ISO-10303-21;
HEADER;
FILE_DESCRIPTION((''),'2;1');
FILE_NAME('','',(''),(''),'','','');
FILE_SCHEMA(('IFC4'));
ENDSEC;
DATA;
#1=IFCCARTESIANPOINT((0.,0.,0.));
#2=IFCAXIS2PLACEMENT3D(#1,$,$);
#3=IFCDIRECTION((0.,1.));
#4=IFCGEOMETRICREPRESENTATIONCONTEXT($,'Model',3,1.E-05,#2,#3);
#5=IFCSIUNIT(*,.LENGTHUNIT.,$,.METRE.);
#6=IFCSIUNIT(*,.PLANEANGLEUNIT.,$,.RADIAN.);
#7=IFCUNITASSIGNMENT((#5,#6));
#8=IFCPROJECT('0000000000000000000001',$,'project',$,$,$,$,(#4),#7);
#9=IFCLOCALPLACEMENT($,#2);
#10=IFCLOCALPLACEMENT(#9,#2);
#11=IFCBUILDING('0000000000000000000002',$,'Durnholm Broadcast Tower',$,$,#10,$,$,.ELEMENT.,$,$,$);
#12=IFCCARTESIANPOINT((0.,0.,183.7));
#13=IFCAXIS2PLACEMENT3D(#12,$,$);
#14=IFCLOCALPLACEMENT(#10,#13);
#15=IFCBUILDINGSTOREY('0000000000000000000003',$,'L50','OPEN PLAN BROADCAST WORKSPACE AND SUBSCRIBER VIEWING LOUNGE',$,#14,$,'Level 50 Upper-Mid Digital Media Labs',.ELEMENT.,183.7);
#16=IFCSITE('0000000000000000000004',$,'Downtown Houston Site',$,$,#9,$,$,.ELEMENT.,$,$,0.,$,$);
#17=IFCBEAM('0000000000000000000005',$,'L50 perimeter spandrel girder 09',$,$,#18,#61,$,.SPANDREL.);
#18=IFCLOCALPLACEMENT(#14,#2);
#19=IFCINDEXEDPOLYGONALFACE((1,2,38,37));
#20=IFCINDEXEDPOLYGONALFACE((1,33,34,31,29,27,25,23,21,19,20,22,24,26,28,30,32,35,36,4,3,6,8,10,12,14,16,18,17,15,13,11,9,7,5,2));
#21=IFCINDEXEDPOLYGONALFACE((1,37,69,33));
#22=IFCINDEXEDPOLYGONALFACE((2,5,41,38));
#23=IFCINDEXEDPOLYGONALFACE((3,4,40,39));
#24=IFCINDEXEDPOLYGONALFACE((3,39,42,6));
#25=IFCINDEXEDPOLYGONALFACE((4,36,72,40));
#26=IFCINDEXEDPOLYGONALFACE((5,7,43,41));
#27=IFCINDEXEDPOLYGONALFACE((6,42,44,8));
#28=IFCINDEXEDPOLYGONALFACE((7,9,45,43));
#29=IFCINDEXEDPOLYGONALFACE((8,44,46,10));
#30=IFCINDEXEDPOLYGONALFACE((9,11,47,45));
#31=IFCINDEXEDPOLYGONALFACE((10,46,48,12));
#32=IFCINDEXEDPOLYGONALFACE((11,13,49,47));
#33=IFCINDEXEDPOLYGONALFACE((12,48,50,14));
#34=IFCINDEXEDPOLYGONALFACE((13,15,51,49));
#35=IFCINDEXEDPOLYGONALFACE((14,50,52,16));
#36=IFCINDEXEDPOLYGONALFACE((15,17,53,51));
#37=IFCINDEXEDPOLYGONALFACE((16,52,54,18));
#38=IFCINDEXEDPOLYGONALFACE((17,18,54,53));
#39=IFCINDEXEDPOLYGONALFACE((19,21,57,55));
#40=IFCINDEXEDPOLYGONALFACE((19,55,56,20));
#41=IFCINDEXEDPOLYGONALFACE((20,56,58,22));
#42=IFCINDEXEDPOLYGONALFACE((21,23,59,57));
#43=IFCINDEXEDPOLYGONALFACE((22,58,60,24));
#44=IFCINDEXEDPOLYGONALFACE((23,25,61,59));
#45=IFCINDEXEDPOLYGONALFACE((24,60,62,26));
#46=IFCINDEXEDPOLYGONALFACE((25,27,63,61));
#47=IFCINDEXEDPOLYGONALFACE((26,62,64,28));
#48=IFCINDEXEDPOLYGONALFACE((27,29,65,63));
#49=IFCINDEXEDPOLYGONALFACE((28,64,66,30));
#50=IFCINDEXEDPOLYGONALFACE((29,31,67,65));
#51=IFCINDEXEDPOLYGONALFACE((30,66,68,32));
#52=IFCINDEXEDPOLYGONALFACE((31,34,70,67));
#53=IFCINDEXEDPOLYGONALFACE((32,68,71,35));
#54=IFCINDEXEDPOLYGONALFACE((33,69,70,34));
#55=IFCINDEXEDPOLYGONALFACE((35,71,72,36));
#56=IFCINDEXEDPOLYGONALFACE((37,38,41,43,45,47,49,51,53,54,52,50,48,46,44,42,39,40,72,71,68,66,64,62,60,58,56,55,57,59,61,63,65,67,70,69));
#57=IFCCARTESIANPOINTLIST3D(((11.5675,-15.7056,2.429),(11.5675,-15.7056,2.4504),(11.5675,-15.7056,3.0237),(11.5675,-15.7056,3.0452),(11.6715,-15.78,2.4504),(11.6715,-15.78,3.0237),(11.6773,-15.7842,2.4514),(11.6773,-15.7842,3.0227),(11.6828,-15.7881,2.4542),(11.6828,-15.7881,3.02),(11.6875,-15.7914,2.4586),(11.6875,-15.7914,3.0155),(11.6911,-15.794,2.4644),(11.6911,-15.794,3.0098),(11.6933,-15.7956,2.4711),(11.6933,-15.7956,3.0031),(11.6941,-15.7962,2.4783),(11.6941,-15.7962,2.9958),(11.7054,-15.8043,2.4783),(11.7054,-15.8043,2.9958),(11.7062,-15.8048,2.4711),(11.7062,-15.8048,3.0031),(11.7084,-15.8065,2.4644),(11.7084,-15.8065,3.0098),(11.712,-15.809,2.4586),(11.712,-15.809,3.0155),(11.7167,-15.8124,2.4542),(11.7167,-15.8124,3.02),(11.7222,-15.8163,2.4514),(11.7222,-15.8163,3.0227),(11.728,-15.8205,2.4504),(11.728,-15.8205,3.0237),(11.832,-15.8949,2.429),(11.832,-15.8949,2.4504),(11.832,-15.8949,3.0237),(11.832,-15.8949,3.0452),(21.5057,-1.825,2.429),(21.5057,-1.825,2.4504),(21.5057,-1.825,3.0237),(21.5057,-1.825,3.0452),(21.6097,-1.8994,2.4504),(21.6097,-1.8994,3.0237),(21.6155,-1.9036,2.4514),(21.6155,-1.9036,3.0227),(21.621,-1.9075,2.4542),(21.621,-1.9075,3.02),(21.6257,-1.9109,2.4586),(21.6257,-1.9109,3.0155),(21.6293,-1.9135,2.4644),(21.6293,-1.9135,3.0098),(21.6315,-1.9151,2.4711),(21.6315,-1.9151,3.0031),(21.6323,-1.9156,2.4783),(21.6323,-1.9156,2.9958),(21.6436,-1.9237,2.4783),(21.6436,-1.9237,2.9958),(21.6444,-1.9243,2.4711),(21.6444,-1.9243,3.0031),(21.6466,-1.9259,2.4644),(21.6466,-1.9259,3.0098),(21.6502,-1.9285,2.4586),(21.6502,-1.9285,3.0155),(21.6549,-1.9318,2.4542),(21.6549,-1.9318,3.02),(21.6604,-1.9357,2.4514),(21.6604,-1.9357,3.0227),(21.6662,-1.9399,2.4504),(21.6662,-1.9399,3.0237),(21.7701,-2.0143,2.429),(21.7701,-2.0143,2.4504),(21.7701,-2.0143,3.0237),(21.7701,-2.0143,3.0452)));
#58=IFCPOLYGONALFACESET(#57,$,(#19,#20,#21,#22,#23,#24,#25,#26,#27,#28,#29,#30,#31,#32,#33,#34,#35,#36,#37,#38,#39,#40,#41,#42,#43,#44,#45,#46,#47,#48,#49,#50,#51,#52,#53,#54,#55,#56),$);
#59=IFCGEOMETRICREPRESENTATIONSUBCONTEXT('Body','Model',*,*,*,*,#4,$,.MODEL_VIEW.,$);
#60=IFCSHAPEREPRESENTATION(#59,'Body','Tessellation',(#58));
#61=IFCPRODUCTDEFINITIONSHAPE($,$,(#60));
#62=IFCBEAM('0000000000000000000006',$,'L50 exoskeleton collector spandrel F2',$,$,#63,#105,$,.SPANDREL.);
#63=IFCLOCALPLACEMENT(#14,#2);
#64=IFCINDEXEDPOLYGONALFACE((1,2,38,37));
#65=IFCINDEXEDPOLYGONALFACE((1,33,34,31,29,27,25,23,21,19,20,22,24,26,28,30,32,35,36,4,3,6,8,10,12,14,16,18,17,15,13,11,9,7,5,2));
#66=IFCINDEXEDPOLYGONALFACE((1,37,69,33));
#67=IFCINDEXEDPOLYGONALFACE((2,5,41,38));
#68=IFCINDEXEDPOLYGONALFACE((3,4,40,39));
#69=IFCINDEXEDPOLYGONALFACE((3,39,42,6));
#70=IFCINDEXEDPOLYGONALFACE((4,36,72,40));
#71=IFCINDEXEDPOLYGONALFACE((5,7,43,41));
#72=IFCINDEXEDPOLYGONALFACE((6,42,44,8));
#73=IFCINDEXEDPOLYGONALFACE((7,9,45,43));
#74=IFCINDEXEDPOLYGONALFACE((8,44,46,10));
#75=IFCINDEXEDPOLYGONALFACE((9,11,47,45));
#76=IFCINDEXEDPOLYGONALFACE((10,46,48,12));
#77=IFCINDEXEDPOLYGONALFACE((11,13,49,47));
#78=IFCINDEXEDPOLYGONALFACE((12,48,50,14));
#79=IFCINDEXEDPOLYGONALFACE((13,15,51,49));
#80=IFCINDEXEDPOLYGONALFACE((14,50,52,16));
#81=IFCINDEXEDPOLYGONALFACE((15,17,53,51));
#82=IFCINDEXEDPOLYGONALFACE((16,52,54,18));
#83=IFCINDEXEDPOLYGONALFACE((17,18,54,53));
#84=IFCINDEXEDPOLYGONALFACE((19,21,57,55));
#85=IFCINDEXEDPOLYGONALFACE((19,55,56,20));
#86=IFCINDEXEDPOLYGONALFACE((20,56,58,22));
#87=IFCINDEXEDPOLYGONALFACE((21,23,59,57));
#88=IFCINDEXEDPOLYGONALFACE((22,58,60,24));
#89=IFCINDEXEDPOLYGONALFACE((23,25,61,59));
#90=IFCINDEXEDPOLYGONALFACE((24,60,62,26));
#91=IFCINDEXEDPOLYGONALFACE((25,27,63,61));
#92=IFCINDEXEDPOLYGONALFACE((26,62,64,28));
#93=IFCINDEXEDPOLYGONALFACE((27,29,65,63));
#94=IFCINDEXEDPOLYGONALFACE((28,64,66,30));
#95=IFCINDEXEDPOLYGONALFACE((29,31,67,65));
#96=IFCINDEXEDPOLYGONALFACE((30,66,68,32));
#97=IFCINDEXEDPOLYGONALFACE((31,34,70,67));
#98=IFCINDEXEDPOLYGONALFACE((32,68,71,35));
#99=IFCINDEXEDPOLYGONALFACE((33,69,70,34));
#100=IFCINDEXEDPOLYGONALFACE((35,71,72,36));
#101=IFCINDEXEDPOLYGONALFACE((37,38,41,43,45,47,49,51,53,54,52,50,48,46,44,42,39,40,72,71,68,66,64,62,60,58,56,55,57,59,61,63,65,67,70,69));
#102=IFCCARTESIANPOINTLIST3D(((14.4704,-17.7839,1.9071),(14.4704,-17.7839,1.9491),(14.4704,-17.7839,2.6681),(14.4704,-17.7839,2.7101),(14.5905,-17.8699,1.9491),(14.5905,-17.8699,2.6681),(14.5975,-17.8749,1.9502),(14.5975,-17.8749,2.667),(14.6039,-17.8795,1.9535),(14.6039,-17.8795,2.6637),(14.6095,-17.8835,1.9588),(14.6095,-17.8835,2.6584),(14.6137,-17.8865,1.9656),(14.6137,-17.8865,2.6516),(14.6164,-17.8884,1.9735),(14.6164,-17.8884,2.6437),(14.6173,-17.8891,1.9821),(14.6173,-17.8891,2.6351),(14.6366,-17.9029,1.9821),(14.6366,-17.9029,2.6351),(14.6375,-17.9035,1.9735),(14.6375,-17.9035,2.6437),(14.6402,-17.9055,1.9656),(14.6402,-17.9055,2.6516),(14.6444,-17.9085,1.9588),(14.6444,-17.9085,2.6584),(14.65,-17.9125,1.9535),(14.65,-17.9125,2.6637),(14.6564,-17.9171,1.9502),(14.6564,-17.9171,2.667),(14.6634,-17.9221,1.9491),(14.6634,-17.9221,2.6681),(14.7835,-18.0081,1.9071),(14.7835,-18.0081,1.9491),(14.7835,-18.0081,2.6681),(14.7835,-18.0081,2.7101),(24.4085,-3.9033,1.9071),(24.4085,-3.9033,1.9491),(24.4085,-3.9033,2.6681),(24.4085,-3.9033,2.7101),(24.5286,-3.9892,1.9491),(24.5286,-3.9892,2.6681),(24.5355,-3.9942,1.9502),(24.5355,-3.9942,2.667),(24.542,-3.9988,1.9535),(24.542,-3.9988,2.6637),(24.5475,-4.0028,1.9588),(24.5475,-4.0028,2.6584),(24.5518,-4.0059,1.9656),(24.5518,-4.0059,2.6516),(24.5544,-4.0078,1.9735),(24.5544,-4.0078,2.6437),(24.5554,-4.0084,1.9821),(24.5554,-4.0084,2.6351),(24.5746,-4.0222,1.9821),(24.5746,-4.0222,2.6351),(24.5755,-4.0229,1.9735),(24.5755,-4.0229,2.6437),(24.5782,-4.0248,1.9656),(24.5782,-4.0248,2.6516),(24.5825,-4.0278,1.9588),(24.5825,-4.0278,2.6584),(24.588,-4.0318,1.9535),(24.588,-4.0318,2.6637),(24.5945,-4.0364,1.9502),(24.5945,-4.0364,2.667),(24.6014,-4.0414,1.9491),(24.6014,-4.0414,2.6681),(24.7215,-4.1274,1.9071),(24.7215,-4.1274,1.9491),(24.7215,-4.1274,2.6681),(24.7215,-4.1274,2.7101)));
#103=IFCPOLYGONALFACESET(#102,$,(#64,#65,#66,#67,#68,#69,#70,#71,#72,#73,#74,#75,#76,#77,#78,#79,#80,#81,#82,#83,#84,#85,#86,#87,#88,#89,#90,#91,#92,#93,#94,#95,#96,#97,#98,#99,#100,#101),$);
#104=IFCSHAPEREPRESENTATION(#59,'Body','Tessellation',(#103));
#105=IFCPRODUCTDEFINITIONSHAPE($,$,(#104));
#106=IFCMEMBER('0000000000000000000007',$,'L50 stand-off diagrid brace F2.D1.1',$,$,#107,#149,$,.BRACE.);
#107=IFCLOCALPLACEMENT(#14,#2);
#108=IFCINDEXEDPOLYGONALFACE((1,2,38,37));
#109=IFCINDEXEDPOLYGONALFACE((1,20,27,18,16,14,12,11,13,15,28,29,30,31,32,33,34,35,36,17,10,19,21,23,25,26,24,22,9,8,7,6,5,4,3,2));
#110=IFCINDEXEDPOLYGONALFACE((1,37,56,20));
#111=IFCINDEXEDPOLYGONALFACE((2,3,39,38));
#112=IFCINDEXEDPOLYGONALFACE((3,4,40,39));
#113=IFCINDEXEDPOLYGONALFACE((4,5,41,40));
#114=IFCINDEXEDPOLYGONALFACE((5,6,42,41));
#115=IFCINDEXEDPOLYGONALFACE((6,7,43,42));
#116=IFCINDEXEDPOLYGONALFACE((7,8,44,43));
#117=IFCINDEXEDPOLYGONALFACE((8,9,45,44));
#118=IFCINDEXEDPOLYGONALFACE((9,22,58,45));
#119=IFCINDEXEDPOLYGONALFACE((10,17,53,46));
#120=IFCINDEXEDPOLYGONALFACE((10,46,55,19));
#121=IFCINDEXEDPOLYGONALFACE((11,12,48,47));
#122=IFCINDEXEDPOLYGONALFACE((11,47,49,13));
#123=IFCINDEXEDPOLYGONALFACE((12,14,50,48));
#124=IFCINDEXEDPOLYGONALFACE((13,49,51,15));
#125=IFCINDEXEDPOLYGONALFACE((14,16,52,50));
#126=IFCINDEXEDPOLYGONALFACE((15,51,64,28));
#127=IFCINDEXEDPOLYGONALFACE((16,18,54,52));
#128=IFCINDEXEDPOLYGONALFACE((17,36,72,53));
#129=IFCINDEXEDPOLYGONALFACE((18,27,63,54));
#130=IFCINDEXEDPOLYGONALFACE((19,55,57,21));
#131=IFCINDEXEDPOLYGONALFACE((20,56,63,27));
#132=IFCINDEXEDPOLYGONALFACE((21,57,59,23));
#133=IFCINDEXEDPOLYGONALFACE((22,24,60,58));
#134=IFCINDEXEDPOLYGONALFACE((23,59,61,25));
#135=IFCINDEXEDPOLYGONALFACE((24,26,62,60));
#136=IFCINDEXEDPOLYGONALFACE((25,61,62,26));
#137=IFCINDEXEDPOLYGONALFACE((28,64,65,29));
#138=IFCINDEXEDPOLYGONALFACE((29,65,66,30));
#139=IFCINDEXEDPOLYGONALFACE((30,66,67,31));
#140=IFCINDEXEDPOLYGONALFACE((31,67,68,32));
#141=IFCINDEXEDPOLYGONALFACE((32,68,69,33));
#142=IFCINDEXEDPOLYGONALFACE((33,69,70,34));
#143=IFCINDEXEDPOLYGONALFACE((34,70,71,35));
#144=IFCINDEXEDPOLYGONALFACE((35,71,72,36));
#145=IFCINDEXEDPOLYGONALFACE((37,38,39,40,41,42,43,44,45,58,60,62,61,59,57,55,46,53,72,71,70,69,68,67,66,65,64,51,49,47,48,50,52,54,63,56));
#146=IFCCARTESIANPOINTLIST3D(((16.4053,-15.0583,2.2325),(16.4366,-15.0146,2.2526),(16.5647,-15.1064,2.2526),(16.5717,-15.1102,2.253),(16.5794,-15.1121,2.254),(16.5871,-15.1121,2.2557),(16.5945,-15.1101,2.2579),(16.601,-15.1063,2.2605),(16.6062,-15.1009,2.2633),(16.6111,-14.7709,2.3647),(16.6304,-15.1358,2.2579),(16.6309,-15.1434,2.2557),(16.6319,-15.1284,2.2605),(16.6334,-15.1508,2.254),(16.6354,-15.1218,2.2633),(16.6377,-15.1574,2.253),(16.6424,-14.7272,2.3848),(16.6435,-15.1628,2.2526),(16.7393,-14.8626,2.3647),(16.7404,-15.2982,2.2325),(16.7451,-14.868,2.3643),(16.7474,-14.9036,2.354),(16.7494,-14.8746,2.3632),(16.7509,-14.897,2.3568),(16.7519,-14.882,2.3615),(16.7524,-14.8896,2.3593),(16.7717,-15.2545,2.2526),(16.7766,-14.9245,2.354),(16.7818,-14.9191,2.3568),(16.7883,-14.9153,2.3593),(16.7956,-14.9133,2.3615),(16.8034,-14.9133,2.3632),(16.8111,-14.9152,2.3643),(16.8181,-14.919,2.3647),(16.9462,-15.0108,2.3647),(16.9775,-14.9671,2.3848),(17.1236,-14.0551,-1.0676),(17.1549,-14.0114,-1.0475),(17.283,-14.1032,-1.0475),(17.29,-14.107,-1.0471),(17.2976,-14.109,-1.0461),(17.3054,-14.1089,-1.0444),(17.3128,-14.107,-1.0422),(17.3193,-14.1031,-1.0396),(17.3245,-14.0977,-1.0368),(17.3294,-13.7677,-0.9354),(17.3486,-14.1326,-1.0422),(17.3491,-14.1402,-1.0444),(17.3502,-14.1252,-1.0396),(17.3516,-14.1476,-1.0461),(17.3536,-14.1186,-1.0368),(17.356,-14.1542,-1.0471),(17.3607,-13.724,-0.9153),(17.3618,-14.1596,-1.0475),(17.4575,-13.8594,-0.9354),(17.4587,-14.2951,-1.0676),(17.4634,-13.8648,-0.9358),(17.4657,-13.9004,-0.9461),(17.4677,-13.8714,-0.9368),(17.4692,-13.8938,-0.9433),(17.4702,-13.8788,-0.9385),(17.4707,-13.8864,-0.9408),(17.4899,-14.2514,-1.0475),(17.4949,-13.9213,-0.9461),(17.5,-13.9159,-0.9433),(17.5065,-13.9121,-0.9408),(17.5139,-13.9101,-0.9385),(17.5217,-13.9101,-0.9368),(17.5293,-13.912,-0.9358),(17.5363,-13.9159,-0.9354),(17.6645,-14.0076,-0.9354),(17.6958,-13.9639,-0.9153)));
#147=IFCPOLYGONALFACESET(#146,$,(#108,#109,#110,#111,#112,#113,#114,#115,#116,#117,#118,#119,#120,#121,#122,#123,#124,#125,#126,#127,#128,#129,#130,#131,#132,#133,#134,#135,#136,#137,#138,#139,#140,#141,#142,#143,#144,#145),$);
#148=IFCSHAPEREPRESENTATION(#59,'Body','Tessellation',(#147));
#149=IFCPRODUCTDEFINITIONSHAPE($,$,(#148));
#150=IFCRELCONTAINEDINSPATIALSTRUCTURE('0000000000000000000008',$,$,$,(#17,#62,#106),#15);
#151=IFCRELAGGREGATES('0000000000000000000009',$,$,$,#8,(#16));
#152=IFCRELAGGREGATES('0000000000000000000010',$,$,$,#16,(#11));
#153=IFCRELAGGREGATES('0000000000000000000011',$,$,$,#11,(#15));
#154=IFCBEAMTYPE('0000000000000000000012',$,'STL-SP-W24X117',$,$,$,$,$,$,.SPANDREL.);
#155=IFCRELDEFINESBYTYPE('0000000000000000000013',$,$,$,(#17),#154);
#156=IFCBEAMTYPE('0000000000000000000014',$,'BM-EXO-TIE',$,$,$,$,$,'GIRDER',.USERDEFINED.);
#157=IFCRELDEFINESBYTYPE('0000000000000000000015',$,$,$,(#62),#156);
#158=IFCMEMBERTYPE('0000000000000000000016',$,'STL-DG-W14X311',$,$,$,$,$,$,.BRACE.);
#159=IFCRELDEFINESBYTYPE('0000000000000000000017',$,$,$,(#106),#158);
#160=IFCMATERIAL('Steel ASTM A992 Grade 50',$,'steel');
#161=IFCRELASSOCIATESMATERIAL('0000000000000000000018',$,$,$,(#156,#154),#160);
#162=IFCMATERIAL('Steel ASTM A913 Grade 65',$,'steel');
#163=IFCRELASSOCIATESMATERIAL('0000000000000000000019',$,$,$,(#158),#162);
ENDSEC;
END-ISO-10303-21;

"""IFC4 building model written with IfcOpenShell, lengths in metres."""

from ifc_helpers import new_model, si_unit, direction, frame, origin, origin_2d, place, context, subcontext, project, spatial, i_section, extrude, source, transform, mapped, material, material_profile, profile_set, type_object, type_shapes, element, save


model = new_model("IFC4")

# Units and contexts
model_context = context("Model", 3, precision=1e-05, world=origin(), true_north=direction((0.0, 1.0)))
body_context = subcontext(model_context, "Body", "Model", "MODEL_VIEW")
ifc_project = project(units=[si_unit("LENGTHUNIT", "METRE"), si_unit("PLANEANGLEUNIT", "RADIAN")], contexts=[model_context])

# Site, building, storey
site_placement = place(None, origin())
site = spatial("IfcSite", under=ifc_project, at=site_placement, Name="Downtown Houston Site", CompositionType="ELEMENT", RefElevation=0.0)
building_placement = place(site_placement, origin())
building = spatial("IfcBuilding", under=site, at=building_placement, Name="Durnholm Broadcast Tower", CompositionType="ELEMENT")
storey_placement = place(building_placement, frame((0.0, 0.0, 183.7)))
storey = spatial("IfcBuildingStorey", under=building, at=storey_placement, Name="L50", Description="OPEN PLAN BROADCAST WORKSPACE AND SUBSCRIBER VIEWING LOUNGE", LongName="Level 50 Upper-Mid Digital Media Labs", CompositionType="ELEMENT", Elevation=183.7)

# Beams
ifc_material_1 = material(Name="Steel ASTM A992 Grade 50", Category="steel")
ifc_material_profile_1 = material_profile(ifc_material_1, i_section(OverallWidth=0.385, OverallDepth=0.803, WebThickness=0.0237, FlangeThickness=0.042, FilletRadius=0.033, at=origin_2d()), Name="W30X261")
ifc_profile_set_1 = profile_set([ifc_material_profile_1], Name="Steel ASTM A992 Grade 50")
beam_type_1 = type_object("IfcBeamType", Name="BM-EXO-TIE", ElementType="GIRDER", PredefinedType="USERDEFINED", material=ifc_profile_set_1)
ifc_material_profile_2 = material_profile(ifc_material_1, i_section(OverallWidth=0.3252, OverallDepth=0.6162, WebThickness=0.0139, FlangeThickness=0.0215, FilletRadius=0.0278, at=origin_2d()), Name="W24X117")
ifc_profile_set_2 = profile_set([ifc_material_profile_2], Name="Steel ASTM A992 Grade 50")
beam_type_2 = type_object("IfcBeamType", Name="STL-SP-W24X117", PredefinedType="SPANDREL", material=ifc_profile_set_2)
shared_shape_1 = source(origin(), body_context, "Body", "SweptSolid", [
    extrude(i_section(OverallWidth=0.3252, OverallDepth=0.6162, WebThickness=0.0139, FlangeThickness=0.0215, FilletRadius=0.0278, at=origin_2d()), origin(), (0.0, 0.0, 1.0), 17.0715),
])
beam_1_placement = place(storey_placement, frame((21.6379, -1.9197, 2.7371), z_axis=(-0.58215, -0.813082, 0.0), x_axis=(0.813082, -0.58215, 0.0)))
element("IfcBeam", 1, at=beam_1_placement, inside=storey, type_object=beam_type_2, Name="L50 perimeter spandrel girder 09", PredefinedType="SPANDREL", context=body_context, shape_type="MappedRepresentation", body=[
    mapped(shared_shape_1, transform((0.0, 0.0, 0.0), x_axis=(1.0, 0.0, 0.0), y_axis=(0.0, 1.0, 0.0), z_axis=(0.0, 0.0, 1.0), scale=1.0)),
])
shared_shape_2 = source(origin(), body_context, "Body", "SweptSolid", [
    extrude(i_section(OverallWidth=0.385, OverallDepth=0.803, WebThickness=0.0237, FlangeThickness=0.042, FilletRadius=0.033, at=origin_2d()), origin(), (0.0, 0.0, 1.0), 17.0715),
])
beam_2_placement = place(storey_placement, frame((14.627, -17.896, 2.3086), z_axis=(0.58214, 0.813088, 0.0), x_axis=(-0.813088, 0.58214, 0.0)))
element("IfcBeam", 2, at=beam_2_placement, inside=storey, type_object=beam_type_1, Name="L50 exoskeleton collector spandrel F2", PredefinedType="SPANDREL", context=body_context, shape_type="MappedRepresentation", body=[
    mapped(shared_shape_2, transform((0.0, 0.0, 0.0), x_axis=(1.0, 0.0, 0.0), y_axis=(0.0, 1.0, 0.0), z_axis=(0.0, 0.0, 1.0), scale=1.0)),
])

# Member
ifc_material_2 = material(Name="Steel ASTM A913 Grade 65", Category="steel")
ifc_material_profile_3 = material_profile(ifc_material_2, i_section(OverallWidth=0.4121, OverallDepth=0.4348, WebThickness=0.0359, FlangeThickness=0.0574, FilletRadius=0.0305, at=origin_2d()), Name="W14X311")
ifc_profile_set_3 = profile_set([ifc_material_profile_3], Name="Steel ASTM A913 Grade 65")
member_type_1 = type_object("IfcMemberType", Name="STL-DG-W14X311", PredefinedType="BRACE", material=ifc_profile_set_3)
shared_shape_3 = source(origin(), body_context, "Body", "SweptSolid", [
    extrude(i_section(OverallWidth=0.4121, OverallDepth=0.4348, WebThickness=0.0359, FlangeThickness=0.0574, FilletRadius=0.0305, at=origin_2d()), origin(), (0.0, 0.0, 1.0), 3.5232),
])
type_shapes(member_type_1, [shared_shape_3])
for number, where, z_axis, x_axis, name in (
    (3, (17.4097, -14.0095, -0.9915), (-0.203869, -0.284738, 0.936676), (0.813078, -0.582155, 0.0), "L50 stand-off diagrid brace F2.D1.1"),
):
    element("IfcMember", number, at=place(storey_placement, frame(where, z_axis=z_axis, x_axis=x_axis)), inside=storey, type_object=member_type_1, Name=name, PredefinedType="BRACE", context=body_context, shape_type="MappedRepresentation", body=[
        mapped(shared_shape_3, transform((0.0, 0.0, 0.0), x_axis=(1.0, 0.0, 0.0), y_axis=(0.0, 1.0, 0.0), z_axis=(0.0, 0.0, 1.0), scale=1.0)),
    ])

save(model, "model.ifc")
